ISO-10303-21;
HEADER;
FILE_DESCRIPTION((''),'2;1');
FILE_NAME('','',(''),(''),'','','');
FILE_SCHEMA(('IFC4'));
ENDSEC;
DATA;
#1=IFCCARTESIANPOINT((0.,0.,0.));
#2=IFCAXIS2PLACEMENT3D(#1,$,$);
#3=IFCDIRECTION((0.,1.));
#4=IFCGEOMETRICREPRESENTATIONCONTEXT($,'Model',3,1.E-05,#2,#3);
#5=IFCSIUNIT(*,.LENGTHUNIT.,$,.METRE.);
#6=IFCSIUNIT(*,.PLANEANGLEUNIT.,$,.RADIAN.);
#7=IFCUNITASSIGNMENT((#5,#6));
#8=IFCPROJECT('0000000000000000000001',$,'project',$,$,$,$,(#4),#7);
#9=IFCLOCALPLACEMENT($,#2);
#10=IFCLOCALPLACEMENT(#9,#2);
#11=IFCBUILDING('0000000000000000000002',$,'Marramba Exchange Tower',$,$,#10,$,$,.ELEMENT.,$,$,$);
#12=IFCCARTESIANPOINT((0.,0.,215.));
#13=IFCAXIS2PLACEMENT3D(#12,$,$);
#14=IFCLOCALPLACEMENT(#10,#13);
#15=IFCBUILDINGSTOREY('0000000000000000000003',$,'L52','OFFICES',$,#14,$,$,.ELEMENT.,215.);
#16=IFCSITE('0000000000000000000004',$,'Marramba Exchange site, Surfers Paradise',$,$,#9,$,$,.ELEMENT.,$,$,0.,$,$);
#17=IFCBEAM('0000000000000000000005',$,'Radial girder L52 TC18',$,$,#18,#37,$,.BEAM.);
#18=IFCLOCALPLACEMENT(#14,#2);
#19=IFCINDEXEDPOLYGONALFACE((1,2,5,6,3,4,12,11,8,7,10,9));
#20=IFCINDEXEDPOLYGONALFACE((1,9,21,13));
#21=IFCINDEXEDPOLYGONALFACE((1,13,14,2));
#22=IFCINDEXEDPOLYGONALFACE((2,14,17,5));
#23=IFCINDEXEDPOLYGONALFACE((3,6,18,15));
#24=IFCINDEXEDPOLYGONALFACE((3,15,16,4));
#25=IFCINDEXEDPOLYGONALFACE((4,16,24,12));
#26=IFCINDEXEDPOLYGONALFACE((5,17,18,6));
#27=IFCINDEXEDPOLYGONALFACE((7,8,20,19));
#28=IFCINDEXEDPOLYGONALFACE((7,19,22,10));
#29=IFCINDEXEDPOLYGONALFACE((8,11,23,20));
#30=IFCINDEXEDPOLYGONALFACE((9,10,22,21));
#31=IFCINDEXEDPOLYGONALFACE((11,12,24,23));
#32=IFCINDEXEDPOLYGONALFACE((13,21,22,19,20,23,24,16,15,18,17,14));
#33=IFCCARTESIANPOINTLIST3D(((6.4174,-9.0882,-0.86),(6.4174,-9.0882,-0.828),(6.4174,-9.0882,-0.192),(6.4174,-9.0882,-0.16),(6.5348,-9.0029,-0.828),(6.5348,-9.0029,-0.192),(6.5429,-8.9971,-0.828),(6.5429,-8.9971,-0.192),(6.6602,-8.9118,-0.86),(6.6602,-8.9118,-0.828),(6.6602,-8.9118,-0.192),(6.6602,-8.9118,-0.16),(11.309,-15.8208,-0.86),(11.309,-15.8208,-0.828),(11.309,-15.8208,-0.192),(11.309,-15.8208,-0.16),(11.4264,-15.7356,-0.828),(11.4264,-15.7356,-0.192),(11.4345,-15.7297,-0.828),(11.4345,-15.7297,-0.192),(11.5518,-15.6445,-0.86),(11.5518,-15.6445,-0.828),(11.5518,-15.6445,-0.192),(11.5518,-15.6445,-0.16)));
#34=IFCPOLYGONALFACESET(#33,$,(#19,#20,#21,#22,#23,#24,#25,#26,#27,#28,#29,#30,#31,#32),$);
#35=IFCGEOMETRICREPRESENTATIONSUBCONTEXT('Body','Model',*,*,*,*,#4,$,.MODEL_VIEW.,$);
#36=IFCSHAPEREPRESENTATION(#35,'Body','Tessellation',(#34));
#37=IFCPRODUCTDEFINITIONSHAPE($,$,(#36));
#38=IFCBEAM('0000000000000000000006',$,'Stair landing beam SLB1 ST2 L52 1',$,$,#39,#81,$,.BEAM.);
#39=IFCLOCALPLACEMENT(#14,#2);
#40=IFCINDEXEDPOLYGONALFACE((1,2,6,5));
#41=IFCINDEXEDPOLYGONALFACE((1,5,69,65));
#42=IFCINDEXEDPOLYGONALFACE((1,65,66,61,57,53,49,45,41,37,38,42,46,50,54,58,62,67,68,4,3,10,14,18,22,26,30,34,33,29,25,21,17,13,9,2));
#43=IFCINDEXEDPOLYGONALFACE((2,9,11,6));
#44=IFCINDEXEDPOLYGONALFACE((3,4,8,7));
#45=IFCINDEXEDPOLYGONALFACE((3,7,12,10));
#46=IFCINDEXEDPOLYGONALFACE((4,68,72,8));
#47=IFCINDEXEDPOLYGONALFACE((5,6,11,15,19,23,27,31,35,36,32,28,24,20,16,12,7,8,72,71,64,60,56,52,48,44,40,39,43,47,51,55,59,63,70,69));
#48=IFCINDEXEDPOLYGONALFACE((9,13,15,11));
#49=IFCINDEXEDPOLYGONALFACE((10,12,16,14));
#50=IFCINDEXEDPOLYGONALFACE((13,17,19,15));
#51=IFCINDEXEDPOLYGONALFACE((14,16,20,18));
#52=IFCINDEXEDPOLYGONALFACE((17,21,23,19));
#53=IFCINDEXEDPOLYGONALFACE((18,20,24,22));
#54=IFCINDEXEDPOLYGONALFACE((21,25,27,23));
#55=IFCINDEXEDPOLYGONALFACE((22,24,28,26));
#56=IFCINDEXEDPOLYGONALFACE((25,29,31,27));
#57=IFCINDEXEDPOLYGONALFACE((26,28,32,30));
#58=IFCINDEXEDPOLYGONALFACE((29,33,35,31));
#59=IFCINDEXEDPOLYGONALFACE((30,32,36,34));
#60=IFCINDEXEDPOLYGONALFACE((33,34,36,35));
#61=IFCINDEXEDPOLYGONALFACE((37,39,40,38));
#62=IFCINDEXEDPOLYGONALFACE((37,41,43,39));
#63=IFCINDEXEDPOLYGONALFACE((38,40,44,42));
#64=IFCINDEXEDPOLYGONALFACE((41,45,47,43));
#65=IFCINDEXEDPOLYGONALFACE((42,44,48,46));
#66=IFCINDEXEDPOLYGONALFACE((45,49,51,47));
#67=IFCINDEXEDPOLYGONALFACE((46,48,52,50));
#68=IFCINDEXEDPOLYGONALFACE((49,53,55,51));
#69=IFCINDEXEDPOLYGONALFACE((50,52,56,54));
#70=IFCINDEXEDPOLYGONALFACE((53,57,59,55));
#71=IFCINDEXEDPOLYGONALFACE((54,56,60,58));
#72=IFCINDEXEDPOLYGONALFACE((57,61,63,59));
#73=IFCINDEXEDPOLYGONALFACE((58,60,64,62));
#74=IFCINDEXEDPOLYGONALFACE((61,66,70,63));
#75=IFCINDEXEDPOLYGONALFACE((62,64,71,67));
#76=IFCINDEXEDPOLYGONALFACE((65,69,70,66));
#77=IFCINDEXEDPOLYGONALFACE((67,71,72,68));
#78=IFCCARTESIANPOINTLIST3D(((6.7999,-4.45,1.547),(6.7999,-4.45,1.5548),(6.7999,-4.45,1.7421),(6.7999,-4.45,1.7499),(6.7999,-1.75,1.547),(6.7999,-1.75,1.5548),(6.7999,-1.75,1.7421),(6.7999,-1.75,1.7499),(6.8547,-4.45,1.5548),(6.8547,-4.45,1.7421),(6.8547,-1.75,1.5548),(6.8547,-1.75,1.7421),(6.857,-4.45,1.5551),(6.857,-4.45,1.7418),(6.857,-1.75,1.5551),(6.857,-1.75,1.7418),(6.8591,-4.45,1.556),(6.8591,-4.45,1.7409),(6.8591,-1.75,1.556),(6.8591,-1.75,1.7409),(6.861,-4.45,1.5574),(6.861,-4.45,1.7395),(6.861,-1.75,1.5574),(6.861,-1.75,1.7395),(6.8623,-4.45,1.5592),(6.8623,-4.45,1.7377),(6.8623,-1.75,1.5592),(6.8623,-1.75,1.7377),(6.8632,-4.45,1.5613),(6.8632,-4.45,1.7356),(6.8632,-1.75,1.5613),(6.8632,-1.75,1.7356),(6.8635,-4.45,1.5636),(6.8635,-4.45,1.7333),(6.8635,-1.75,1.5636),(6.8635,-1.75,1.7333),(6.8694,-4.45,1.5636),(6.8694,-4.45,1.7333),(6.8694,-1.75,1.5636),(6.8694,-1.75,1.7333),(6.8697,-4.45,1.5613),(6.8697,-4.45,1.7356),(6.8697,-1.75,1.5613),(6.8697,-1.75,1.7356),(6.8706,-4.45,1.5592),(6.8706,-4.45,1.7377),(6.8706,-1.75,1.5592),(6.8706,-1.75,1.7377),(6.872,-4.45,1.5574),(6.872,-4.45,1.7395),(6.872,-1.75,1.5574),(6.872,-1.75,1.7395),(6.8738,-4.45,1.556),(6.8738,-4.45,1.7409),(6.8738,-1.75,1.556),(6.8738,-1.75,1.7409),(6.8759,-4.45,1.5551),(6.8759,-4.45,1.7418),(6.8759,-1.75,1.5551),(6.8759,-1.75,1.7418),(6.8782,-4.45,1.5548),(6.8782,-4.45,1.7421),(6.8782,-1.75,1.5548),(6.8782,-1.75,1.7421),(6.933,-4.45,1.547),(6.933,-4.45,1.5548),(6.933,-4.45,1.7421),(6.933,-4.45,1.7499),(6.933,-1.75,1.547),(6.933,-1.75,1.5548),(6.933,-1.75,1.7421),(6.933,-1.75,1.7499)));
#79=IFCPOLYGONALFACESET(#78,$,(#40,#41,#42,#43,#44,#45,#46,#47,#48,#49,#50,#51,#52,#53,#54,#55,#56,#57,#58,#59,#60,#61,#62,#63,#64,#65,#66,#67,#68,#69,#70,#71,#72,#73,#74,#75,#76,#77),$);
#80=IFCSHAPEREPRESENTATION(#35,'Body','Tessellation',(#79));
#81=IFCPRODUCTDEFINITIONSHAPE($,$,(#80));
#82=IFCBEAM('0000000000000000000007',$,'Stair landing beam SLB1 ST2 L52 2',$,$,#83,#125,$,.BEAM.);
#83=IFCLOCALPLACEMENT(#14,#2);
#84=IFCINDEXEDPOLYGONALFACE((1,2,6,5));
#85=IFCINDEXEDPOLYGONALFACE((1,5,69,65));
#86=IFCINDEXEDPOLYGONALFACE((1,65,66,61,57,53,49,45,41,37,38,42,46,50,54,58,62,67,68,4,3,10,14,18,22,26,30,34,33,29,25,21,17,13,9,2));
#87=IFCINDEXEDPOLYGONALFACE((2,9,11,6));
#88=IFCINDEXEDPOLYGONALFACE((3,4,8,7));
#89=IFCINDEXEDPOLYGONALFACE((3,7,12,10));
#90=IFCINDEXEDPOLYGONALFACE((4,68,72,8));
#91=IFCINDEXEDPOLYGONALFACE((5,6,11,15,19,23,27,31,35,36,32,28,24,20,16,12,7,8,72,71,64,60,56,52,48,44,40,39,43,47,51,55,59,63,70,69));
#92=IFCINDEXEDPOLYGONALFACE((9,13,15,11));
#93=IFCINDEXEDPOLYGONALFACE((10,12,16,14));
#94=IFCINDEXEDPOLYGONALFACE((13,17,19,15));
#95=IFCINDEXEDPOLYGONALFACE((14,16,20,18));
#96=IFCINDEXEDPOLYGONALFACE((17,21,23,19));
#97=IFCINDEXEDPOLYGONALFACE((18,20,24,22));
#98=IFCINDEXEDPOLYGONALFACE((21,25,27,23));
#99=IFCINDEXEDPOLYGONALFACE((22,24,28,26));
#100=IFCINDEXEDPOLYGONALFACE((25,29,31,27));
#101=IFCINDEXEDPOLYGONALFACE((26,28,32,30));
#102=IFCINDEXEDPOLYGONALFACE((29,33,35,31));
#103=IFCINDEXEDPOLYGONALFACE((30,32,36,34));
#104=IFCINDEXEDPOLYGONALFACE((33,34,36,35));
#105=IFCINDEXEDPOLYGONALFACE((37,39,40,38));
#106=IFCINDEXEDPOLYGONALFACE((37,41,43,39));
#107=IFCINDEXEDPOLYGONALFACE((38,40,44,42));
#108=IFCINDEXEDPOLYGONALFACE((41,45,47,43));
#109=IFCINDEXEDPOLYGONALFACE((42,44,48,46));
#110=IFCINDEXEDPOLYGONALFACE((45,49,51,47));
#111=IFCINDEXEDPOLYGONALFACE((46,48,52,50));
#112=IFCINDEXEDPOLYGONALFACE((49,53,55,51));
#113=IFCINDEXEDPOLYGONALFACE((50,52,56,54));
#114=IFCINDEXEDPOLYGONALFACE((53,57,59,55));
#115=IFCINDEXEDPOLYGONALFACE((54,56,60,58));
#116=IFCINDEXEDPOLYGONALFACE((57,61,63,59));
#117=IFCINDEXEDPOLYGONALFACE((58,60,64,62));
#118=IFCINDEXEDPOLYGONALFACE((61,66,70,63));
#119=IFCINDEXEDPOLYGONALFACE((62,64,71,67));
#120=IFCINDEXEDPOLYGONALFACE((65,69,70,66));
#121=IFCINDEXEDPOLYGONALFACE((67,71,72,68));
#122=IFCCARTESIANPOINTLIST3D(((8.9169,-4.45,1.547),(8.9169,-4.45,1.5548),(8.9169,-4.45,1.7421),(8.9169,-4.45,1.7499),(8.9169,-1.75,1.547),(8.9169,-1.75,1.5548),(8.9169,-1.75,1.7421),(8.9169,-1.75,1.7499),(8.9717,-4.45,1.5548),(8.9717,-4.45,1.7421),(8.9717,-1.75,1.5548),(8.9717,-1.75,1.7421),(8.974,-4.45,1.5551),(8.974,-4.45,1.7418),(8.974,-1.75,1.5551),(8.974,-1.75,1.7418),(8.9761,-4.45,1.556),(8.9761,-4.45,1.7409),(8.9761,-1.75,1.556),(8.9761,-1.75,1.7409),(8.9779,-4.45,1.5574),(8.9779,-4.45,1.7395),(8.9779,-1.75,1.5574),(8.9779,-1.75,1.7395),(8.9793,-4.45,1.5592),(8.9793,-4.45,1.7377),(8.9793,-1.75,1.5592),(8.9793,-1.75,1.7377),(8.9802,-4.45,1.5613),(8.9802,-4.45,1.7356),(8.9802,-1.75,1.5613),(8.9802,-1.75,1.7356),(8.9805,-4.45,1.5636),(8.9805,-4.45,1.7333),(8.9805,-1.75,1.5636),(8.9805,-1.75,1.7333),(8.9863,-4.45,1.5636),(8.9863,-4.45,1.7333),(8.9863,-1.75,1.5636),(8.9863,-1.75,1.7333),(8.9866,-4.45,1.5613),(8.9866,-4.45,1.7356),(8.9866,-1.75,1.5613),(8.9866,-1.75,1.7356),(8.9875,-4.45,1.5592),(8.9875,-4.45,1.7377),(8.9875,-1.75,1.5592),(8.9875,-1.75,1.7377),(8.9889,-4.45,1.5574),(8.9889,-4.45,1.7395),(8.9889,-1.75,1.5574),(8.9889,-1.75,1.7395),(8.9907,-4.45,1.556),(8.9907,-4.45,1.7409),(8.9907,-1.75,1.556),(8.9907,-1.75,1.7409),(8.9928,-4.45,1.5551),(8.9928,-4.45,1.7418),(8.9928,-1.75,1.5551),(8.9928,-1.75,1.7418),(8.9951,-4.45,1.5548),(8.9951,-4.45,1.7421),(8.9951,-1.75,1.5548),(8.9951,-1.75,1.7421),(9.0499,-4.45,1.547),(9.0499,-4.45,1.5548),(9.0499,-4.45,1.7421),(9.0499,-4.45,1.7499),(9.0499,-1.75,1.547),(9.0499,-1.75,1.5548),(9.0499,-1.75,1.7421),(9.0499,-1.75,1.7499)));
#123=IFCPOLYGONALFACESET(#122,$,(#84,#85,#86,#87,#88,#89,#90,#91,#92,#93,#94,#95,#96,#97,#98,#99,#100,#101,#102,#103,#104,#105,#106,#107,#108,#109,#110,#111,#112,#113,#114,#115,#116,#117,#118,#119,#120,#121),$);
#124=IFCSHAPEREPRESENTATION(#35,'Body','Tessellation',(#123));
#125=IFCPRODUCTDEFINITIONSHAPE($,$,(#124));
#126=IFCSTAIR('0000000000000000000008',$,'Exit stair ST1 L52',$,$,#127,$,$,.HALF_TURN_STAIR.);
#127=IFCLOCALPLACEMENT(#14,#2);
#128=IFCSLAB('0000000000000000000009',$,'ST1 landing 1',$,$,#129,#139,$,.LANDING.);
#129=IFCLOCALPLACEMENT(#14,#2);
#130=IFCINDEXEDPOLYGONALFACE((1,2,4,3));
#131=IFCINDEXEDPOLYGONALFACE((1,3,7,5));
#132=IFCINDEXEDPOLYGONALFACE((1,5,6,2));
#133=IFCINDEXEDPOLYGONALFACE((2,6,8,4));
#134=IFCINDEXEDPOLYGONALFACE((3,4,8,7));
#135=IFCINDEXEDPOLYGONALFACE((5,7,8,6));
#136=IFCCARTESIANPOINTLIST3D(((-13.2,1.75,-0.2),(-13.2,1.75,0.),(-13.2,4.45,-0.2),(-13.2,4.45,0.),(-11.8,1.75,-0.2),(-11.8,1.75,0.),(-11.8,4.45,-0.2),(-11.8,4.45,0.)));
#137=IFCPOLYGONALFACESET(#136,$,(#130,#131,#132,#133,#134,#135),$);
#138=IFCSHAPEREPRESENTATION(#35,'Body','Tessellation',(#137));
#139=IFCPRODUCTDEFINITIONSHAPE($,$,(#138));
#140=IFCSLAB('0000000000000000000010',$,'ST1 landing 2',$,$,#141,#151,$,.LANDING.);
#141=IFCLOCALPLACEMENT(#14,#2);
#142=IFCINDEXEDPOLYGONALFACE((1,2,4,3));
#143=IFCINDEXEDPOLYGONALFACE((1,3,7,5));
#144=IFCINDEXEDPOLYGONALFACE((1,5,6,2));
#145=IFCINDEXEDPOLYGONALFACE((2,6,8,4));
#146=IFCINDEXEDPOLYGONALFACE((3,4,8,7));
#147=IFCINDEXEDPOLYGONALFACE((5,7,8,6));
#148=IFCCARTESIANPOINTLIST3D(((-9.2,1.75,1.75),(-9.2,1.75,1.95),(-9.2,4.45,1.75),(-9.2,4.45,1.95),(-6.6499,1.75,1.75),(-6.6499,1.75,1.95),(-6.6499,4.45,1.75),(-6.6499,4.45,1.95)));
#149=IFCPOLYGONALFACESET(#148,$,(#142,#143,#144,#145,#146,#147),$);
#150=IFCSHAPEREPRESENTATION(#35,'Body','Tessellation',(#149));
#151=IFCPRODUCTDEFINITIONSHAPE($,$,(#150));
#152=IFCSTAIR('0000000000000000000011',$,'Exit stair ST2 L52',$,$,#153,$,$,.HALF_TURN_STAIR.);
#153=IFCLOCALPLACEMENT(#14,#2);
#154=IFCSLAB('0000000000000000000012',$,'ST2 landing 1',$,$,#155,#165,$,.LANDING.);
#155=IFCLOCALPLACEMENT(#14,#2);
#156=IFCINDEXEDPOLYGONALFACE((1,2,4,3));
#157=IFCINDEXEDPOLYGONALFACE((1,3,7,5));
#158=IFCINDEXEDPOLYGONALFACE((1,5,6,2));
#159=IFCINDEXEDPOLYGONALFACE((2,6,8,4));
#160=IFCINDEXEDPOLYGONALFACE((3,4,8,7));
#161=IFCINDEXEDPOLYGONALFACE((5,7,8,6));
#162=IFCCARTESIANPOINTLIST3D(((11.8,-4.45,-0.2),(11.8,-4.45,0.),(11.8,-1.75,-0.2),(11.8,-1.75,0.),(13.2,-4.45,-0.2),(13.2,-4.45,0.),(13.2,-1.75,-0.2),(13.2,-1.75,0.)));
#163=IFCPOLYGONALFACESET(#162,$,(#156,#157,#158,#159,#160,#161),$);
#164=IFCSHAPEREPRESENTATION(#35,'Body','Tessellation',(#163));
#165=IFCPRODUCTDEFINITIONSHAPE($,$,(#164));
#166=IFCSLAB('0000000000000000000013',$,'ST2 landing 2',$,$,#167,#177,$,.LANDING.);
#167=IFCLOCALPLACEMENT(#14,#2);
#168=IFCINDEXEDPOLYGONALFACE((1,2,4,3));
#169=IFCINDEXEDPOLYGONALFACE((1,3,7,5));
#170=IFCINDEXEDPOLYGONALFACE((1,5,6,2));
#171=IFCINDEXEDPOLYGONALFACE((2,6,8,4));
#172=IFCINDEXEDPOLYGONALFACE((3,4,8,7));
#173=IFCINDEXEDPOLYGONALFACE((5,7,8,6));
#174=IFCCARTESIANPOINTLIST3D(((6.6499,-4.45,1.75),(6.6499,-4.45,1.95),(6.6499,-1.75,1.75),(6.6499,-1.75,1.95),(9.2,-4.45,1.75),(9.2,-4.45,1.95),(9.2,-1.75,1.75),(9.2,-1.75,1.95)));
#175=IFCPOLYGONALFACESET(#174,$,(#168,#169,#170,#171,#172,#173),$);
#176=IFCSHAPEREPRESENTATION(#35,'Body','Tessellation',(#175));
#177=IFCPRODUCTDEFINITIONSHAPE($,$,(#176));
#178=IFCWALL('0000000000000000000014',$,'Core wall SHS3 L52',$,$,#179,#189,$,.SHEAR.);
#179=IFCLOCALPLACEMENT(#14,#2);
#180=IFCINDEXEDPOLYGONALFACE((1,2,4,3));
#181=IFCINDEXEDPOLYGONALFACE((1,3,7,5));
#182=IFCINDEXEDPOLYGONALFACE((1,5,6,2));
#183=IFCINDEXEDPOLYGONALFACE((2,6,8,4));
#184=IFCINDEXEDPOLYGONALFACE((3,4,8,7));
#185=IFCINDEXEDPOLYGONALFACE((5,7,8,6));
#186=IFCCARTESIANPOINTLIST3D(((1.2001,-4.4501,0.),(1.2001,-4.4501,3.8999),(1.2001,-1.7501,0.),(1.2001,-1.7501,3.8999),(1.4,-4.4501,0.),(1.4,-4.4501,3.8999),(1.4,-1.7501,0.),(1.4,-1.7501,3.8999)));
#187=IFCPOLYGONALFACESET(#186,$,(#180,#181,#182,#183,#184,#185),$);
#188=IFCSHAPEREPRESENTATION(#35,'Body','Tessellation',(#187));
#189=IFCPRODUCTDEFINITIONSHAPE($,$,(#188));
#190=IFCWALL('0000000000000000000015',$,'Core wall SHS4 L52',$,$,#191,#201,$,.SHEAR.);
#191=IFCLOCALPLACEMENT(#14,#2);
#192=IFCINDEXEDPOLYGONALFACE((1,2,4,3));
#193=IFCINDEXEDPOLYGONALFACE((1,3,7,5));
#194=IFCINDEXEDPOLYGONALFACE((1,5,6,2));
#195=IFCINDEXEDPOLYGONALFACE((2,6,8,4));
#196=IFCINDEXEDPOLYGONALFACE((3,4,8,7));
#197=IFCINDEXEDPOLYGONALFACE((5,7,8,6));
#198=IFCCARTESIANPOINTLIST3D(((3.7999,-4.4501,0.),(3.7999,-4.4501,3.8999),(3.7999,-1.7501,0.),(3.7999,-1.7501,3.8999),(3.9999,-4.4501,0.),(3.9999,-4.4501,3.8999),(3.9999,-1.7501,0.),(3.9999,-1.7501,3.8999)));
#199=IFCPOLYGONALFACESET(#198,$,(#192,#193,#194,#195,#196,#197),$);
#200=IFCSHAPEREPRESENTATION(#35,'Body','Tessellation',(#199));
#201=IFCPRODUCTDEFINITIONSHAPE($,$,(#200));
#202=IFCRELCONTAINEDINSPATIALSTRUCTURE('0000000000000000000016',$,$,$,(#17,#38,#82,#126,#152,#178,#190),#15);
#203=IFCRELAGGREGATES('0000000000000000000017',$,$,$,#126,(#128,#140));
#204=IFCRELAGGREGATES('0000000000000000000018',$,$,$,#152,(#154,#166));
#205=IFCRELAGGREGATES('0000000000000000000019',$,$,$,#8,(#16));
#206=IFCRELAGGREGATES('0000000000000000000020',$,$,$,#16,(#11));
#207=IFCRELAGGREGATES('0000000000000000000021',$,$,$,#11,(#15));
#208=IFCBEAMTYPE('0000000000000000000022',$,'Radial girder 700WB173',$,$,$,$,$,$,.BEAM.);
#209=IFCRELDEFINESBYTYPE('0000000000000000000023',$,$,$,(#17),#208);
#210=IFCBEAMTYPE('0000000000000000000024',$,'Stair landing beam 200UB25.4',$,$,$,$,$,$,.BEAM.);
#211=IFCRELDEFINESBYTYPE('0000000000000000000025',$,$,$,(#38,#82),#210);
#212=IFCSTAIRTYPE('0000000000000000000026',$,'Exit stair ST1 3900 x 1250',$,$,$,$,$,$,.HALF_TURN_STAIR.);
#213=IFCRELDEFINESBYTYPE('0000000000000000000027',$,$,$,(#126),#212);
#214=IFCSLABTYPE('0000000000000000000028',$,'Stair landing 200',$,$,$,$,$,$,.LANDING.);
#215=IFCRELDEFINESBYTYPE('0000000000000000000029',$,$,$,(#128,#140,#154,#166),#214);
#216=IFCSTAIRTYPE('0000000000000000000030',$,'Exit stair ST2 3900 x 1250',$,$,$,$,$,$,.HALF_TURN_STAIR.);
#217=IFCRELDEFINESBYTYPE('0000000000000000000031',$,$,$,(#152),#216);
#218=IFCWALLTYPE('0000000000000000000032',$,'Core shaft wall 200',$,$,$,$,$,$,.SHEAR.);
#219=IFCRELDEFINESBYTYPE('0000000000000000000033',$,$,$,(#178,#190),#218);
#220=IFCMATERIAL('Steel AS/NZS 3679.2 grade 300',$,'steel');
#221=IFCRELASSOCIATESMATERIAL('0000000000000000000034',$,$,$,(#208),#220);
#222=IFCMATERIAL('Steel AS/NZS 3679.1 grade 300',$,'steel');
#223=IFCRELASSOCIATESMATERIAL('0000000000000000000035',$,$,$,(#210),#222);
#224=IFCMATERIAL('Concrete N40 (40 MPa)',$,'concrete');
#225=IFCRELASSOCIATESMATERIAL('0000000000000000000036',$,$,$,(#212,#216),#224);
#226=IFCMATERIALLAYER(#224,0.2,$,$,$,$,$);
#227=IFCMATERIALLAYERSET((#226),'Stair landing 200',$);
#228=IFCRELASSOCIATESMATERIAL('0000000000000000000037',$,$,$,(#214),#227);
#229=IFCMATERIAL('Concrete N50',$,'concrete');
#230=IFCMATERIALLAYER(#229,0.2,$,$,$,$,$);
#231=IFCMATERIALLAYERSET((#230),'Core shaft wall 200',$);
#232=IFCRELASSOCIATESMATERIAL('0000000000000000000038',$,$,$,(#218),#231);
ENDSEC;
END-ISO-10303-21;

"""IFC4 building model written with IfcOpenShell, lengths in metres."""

from ifc_helpers import new_model, si_unit, direction, frame, frame_2d, origin, origin_2d, place, context, subcontext, project, spatial, polyline, rectangle, i_section, outline, extrude, material, layer, layer_set, material_profile, profile_set, type_object, element, aggregate, save


model = new_model("IFC4")

# Units and contexts
model_context = context("Model", 3, precision=1e-05, world=origin(), true_north=direction((0.0, 1.0)))
body_context = subcontext(model_context, "Body", "Model", "MODEL_VIEW")
ifc_project = project(units=[si_unit("LENGTHUNIT", "METRE"), si_unit("PLANEANGLEUNIT", "RADIAN")], contexts=[model_context])

# Site, building, storey
site_placement = place(None, origin())
site = spatial("IfcSite", under=ifc_project, at=site_placement, Name="Marramba Exchange site, Surfers Paradise", CompositionType="ELEMENT", RefElevation=0.0)
building_placement = place(site_placement, origin())
building = spatial("IfcBuilding", under=site, at=building_placement, Name="Marramba Exchange Tower", CompositionType="ELEMENT")
storey_placement = place(building_placement, frame((0.0, 0.0, 215.0)))
storey = spatial("IfcBuildingStorey", under=building, at=storey_placement, Name="L52", Description="OFFICES", CompositionType="ELEMENT", Elevation=215.0)

# Beams
ifc_material_1 = material(Name="Steel AS/NZS 3679.1 grade 300", Category="steel")
ifc_material_2 = material(Name="Steel AS/NZS 3679.2 grade 300", Category="steel")
ifc_material_profile_1 = material_profile(ifc_material_2, i_section(OverallWidth=0.3, OverallDepth=0.7, WebThickness=0.01, FlangeThickness=0.032, at=origin_2d()), Name="700WB173")
ifc_profile_set_1 = profile_set([ifc_material_profile_1], Name="Steel AS/NZS 3679.2 grade 300")
beam_type_1 = type_object("IfcBeamType", Name="Radial girder 700WB173", PredefinedType="BEAM", material=ifc_profile_set_1)
beam_1_placement = place(storey_placement, frame((6.5388, -9.0, -0.51), z_axis=(0.587788, -0.809015, 0.0), x_axis=(0.809015, 0.587788, 0.0)))
element("IfcBeam", 1, at=beam_1_placement, inside=storey, type_object=beam_type_1, Name="Radial girder L52 TC18", PredefinedType="BEAM", context=body_context, shape_type="SweptSolid", body=[
    extrude(i_section(OverallWidth=0.3, OverallDepth=0.7, WebThickness=0.01, FlangeThickness=0.032, at=origin_2d()), origin(), (0.0, 0.0, 1.0), 8.322),
])
ifc_material_profile_2 = material_profile(ifc_material_1, i_section(OverallWidth=0.1331, OverallDepth=0.2029, WebThickness=0.0059, FlangeThickness=0.0078, FilletRadius=0.0088, at=origin_2d()), Name="200UB25.4")
ifc_profile_set_2 = profile_set([ifc_material_profile_2], Name="Steel AS/NZS 3679.1 grade 300")
beam_type_2 = type_object("IfcBeamType", Name="Stair landing beam 200UB25.4", PredefinedType="BEAM", material=ifc_profile_set_2)
for number, where, z_axis, x_axis, name in (
    (2, (6.8665, -4.45, 1.6484), (0.0, 1.0, 0.0), (-1.0, 0.0, 0.0), "Stair landing beam SLB1 ST2 L52 1"),
    (3, (8.9834, -4.45, 1.6484), (0.0, 1.0, 0.0), (-1.0, 0.0, 0.0), "Stair landing beam SLB1 ST2 L52 2"),
):
    element("IfcBeam", number, at=place(storey_placement, frame(where, z_axis=z_axis, x_axis=x_axis)), inside=storey, type_object=beam_type_2, Name=name, PredefinedType="BEAM", context=body_context, shape_type="SweptSolid", body=[
        extrude(i_section(OverallWidth=0.1331, OverallDepth=0.2029, WebThickness=0.0059, FlangeThickness=0.0078, FilletRadius=0.0088, at=origin_2d()), origin(), (0.0, 0.0, 1.0), 2.7),
    ])

# Stairs, slabs
ifc_material_3 = material(Name="Concrete N40 (40 MPa)", Category="concrete")
stair_type_1 = type_object("IfcStairType", Name="Exit stair ST1 3900 x 1250", PredefinedType="HALF_TURN_STAIR", material=ifc_material_3)
stair_1_placement = place(storey_placement, origin())
stair_1 = element("IfcStair", 4, at=stair_1_placement, inside=storey, type_object=stair_type_1, Name="Exit stair ST1 L52", PredefinedType="HALF_TURN_STAIR")
ifc_layer_1 = layer(ifc_material_3, 0.2)
ifc_layer_set_1 = layer_set([ifc_layer_1], Name="Stair landing 200")
slab_type = type_object("IfcSlabType", Name="Stair landing 200", PredefinedType="LANDING", material=ifc_layer_set_1)
slab_1_placement = place(storey_placement, frame((0.0, 0.0, -0.2)))
slab_1 = element("IfcSlab", 5, at=slab_1_placement, type_object=slab_type, Name="ST1 landing 1", PredefinedType="LANDING", context=body_context, shape_type="SweptSolid", body=[
    extrude(outline(polyline([(-13.2, 1.75), (-11.8, 1.75), (-11.8, 4.45), (-13.2, 4.45), (-13.2, 1.75)])), origin(), (0.0, 0.0, 1.0), 0.2),
])
slab_2_placement = place(storey_placement, frame((0.0, 0.0, 1.75)))
slab_2 = element("IfcSlab", 6, at=slab_2_placement, type_object=slab_type, Name="ST1 landing 2", PredefinedType="LANDING", context=body_context, shape_type="SweptSolid", body=[
    extrude(outline(polyline([(-9.2, 1.75), (-6.6499, 1.75), (-6.6499, 4.45), (-9.2, 4.45), (-9.2, 1.75)])), origin(), (0.0, 0.0, 1.0), 0.2),
])
aggregate(stair_1, [slab_1, slab_2])
stair_type_2 = type_object("IfcStairType", Name="Exit stair ST2 3900 x 1250", PredefinedType="HALF_TURN_STAIR", material=ifc_material_3)
stair_2_placement = place(storey_placement, origin())
stair_2 = element("IfcStair", 7, at=stair_2_placement, inside=storey, type_object=stair_type_2, Name="Exit stair ST2 L52", PredefinedType="HALF_TURN_STAIR")
slab_3_placement = place(storey_placement, frame((0.0, 0.0, -0.2)))
slab_3 = element("IfcSlab", 8, at=slab_3_placement, type_object=slab_type, Name="ST2 landing 1", PredefinedType="LANDING", context=body_context, shape_type="SweptSolid", body=[
    extrude(outline(polyline([(11.8, -4.45), (13.2, -4.45), (13.2, -1.75), (11.8, -1.75), (11.8, -4.45)])), origin(), (0.0, 0.0, 1.0), 0.2),
])
slab_4_placement = place(storey_placement, frame((0.0, 0.0, 1.75)))
slab_4 = element("IfcSlab", 9, at=slab_4_placement, type_object=slab_type, Name="ST2 landing 2", PredefinedType="LANDING", context=body_context, shape_type="SweptSolid", body=[
    extrude(outline(polyline([(6.6499, -4.45), (9.2, -4.45), (9.2, -1.75), (6.6499, -1.75), (6.6499, -4.45)])), origin(), (0.0, 0.0, 1.0), 0.2),
])

# Walls
ifc_material_4 = material(Name="Concrete N50", Category="concrete")
ifc_layer_2 = layer(ifc_material_4, 0.2)
ifc_layer_set_2 = layer_set([ifc_layer_2], Name="Core shaft wall 200")
wall_type_1 = type_object("IfcWallType", Name="Core shaft wall 200", PredefinedType="SHEAR", material=ifc_layer_set_2)
for number, where, z_axis, x_axis, name in (
    (10, (1.3, -1.75, 0.0), (0.0, 0.0, 1.0), (0.0, -1.0, 0.0), "Core wall SHS3 L52"),
    (11, (3.8999, -1.75, 0.0), (0.0, 0.0, 1.0), (0.0, -1.0, 0.0), "Core wall SHS4 L52"),
):
    element("IfcWall", number, at=place(storey_placement, frame(where, z_axis=z_axis, x_axis=x_axis)), inside=storey, type_object=wall_type_1, Name=name, PredefinedType="SHEAR", context=body_context, shape_type="SweptSolid", body=[
        extrude(rectangle(XDim=2.7, YDim=0.2, at=frame_2d((1.3501, 0.0))), origin(), (0.0, 0.0, 1.0), 3.8999),
    ])

aggregate(stair_2, [slab_3, slab_4])

save(model, "model.ifc")
